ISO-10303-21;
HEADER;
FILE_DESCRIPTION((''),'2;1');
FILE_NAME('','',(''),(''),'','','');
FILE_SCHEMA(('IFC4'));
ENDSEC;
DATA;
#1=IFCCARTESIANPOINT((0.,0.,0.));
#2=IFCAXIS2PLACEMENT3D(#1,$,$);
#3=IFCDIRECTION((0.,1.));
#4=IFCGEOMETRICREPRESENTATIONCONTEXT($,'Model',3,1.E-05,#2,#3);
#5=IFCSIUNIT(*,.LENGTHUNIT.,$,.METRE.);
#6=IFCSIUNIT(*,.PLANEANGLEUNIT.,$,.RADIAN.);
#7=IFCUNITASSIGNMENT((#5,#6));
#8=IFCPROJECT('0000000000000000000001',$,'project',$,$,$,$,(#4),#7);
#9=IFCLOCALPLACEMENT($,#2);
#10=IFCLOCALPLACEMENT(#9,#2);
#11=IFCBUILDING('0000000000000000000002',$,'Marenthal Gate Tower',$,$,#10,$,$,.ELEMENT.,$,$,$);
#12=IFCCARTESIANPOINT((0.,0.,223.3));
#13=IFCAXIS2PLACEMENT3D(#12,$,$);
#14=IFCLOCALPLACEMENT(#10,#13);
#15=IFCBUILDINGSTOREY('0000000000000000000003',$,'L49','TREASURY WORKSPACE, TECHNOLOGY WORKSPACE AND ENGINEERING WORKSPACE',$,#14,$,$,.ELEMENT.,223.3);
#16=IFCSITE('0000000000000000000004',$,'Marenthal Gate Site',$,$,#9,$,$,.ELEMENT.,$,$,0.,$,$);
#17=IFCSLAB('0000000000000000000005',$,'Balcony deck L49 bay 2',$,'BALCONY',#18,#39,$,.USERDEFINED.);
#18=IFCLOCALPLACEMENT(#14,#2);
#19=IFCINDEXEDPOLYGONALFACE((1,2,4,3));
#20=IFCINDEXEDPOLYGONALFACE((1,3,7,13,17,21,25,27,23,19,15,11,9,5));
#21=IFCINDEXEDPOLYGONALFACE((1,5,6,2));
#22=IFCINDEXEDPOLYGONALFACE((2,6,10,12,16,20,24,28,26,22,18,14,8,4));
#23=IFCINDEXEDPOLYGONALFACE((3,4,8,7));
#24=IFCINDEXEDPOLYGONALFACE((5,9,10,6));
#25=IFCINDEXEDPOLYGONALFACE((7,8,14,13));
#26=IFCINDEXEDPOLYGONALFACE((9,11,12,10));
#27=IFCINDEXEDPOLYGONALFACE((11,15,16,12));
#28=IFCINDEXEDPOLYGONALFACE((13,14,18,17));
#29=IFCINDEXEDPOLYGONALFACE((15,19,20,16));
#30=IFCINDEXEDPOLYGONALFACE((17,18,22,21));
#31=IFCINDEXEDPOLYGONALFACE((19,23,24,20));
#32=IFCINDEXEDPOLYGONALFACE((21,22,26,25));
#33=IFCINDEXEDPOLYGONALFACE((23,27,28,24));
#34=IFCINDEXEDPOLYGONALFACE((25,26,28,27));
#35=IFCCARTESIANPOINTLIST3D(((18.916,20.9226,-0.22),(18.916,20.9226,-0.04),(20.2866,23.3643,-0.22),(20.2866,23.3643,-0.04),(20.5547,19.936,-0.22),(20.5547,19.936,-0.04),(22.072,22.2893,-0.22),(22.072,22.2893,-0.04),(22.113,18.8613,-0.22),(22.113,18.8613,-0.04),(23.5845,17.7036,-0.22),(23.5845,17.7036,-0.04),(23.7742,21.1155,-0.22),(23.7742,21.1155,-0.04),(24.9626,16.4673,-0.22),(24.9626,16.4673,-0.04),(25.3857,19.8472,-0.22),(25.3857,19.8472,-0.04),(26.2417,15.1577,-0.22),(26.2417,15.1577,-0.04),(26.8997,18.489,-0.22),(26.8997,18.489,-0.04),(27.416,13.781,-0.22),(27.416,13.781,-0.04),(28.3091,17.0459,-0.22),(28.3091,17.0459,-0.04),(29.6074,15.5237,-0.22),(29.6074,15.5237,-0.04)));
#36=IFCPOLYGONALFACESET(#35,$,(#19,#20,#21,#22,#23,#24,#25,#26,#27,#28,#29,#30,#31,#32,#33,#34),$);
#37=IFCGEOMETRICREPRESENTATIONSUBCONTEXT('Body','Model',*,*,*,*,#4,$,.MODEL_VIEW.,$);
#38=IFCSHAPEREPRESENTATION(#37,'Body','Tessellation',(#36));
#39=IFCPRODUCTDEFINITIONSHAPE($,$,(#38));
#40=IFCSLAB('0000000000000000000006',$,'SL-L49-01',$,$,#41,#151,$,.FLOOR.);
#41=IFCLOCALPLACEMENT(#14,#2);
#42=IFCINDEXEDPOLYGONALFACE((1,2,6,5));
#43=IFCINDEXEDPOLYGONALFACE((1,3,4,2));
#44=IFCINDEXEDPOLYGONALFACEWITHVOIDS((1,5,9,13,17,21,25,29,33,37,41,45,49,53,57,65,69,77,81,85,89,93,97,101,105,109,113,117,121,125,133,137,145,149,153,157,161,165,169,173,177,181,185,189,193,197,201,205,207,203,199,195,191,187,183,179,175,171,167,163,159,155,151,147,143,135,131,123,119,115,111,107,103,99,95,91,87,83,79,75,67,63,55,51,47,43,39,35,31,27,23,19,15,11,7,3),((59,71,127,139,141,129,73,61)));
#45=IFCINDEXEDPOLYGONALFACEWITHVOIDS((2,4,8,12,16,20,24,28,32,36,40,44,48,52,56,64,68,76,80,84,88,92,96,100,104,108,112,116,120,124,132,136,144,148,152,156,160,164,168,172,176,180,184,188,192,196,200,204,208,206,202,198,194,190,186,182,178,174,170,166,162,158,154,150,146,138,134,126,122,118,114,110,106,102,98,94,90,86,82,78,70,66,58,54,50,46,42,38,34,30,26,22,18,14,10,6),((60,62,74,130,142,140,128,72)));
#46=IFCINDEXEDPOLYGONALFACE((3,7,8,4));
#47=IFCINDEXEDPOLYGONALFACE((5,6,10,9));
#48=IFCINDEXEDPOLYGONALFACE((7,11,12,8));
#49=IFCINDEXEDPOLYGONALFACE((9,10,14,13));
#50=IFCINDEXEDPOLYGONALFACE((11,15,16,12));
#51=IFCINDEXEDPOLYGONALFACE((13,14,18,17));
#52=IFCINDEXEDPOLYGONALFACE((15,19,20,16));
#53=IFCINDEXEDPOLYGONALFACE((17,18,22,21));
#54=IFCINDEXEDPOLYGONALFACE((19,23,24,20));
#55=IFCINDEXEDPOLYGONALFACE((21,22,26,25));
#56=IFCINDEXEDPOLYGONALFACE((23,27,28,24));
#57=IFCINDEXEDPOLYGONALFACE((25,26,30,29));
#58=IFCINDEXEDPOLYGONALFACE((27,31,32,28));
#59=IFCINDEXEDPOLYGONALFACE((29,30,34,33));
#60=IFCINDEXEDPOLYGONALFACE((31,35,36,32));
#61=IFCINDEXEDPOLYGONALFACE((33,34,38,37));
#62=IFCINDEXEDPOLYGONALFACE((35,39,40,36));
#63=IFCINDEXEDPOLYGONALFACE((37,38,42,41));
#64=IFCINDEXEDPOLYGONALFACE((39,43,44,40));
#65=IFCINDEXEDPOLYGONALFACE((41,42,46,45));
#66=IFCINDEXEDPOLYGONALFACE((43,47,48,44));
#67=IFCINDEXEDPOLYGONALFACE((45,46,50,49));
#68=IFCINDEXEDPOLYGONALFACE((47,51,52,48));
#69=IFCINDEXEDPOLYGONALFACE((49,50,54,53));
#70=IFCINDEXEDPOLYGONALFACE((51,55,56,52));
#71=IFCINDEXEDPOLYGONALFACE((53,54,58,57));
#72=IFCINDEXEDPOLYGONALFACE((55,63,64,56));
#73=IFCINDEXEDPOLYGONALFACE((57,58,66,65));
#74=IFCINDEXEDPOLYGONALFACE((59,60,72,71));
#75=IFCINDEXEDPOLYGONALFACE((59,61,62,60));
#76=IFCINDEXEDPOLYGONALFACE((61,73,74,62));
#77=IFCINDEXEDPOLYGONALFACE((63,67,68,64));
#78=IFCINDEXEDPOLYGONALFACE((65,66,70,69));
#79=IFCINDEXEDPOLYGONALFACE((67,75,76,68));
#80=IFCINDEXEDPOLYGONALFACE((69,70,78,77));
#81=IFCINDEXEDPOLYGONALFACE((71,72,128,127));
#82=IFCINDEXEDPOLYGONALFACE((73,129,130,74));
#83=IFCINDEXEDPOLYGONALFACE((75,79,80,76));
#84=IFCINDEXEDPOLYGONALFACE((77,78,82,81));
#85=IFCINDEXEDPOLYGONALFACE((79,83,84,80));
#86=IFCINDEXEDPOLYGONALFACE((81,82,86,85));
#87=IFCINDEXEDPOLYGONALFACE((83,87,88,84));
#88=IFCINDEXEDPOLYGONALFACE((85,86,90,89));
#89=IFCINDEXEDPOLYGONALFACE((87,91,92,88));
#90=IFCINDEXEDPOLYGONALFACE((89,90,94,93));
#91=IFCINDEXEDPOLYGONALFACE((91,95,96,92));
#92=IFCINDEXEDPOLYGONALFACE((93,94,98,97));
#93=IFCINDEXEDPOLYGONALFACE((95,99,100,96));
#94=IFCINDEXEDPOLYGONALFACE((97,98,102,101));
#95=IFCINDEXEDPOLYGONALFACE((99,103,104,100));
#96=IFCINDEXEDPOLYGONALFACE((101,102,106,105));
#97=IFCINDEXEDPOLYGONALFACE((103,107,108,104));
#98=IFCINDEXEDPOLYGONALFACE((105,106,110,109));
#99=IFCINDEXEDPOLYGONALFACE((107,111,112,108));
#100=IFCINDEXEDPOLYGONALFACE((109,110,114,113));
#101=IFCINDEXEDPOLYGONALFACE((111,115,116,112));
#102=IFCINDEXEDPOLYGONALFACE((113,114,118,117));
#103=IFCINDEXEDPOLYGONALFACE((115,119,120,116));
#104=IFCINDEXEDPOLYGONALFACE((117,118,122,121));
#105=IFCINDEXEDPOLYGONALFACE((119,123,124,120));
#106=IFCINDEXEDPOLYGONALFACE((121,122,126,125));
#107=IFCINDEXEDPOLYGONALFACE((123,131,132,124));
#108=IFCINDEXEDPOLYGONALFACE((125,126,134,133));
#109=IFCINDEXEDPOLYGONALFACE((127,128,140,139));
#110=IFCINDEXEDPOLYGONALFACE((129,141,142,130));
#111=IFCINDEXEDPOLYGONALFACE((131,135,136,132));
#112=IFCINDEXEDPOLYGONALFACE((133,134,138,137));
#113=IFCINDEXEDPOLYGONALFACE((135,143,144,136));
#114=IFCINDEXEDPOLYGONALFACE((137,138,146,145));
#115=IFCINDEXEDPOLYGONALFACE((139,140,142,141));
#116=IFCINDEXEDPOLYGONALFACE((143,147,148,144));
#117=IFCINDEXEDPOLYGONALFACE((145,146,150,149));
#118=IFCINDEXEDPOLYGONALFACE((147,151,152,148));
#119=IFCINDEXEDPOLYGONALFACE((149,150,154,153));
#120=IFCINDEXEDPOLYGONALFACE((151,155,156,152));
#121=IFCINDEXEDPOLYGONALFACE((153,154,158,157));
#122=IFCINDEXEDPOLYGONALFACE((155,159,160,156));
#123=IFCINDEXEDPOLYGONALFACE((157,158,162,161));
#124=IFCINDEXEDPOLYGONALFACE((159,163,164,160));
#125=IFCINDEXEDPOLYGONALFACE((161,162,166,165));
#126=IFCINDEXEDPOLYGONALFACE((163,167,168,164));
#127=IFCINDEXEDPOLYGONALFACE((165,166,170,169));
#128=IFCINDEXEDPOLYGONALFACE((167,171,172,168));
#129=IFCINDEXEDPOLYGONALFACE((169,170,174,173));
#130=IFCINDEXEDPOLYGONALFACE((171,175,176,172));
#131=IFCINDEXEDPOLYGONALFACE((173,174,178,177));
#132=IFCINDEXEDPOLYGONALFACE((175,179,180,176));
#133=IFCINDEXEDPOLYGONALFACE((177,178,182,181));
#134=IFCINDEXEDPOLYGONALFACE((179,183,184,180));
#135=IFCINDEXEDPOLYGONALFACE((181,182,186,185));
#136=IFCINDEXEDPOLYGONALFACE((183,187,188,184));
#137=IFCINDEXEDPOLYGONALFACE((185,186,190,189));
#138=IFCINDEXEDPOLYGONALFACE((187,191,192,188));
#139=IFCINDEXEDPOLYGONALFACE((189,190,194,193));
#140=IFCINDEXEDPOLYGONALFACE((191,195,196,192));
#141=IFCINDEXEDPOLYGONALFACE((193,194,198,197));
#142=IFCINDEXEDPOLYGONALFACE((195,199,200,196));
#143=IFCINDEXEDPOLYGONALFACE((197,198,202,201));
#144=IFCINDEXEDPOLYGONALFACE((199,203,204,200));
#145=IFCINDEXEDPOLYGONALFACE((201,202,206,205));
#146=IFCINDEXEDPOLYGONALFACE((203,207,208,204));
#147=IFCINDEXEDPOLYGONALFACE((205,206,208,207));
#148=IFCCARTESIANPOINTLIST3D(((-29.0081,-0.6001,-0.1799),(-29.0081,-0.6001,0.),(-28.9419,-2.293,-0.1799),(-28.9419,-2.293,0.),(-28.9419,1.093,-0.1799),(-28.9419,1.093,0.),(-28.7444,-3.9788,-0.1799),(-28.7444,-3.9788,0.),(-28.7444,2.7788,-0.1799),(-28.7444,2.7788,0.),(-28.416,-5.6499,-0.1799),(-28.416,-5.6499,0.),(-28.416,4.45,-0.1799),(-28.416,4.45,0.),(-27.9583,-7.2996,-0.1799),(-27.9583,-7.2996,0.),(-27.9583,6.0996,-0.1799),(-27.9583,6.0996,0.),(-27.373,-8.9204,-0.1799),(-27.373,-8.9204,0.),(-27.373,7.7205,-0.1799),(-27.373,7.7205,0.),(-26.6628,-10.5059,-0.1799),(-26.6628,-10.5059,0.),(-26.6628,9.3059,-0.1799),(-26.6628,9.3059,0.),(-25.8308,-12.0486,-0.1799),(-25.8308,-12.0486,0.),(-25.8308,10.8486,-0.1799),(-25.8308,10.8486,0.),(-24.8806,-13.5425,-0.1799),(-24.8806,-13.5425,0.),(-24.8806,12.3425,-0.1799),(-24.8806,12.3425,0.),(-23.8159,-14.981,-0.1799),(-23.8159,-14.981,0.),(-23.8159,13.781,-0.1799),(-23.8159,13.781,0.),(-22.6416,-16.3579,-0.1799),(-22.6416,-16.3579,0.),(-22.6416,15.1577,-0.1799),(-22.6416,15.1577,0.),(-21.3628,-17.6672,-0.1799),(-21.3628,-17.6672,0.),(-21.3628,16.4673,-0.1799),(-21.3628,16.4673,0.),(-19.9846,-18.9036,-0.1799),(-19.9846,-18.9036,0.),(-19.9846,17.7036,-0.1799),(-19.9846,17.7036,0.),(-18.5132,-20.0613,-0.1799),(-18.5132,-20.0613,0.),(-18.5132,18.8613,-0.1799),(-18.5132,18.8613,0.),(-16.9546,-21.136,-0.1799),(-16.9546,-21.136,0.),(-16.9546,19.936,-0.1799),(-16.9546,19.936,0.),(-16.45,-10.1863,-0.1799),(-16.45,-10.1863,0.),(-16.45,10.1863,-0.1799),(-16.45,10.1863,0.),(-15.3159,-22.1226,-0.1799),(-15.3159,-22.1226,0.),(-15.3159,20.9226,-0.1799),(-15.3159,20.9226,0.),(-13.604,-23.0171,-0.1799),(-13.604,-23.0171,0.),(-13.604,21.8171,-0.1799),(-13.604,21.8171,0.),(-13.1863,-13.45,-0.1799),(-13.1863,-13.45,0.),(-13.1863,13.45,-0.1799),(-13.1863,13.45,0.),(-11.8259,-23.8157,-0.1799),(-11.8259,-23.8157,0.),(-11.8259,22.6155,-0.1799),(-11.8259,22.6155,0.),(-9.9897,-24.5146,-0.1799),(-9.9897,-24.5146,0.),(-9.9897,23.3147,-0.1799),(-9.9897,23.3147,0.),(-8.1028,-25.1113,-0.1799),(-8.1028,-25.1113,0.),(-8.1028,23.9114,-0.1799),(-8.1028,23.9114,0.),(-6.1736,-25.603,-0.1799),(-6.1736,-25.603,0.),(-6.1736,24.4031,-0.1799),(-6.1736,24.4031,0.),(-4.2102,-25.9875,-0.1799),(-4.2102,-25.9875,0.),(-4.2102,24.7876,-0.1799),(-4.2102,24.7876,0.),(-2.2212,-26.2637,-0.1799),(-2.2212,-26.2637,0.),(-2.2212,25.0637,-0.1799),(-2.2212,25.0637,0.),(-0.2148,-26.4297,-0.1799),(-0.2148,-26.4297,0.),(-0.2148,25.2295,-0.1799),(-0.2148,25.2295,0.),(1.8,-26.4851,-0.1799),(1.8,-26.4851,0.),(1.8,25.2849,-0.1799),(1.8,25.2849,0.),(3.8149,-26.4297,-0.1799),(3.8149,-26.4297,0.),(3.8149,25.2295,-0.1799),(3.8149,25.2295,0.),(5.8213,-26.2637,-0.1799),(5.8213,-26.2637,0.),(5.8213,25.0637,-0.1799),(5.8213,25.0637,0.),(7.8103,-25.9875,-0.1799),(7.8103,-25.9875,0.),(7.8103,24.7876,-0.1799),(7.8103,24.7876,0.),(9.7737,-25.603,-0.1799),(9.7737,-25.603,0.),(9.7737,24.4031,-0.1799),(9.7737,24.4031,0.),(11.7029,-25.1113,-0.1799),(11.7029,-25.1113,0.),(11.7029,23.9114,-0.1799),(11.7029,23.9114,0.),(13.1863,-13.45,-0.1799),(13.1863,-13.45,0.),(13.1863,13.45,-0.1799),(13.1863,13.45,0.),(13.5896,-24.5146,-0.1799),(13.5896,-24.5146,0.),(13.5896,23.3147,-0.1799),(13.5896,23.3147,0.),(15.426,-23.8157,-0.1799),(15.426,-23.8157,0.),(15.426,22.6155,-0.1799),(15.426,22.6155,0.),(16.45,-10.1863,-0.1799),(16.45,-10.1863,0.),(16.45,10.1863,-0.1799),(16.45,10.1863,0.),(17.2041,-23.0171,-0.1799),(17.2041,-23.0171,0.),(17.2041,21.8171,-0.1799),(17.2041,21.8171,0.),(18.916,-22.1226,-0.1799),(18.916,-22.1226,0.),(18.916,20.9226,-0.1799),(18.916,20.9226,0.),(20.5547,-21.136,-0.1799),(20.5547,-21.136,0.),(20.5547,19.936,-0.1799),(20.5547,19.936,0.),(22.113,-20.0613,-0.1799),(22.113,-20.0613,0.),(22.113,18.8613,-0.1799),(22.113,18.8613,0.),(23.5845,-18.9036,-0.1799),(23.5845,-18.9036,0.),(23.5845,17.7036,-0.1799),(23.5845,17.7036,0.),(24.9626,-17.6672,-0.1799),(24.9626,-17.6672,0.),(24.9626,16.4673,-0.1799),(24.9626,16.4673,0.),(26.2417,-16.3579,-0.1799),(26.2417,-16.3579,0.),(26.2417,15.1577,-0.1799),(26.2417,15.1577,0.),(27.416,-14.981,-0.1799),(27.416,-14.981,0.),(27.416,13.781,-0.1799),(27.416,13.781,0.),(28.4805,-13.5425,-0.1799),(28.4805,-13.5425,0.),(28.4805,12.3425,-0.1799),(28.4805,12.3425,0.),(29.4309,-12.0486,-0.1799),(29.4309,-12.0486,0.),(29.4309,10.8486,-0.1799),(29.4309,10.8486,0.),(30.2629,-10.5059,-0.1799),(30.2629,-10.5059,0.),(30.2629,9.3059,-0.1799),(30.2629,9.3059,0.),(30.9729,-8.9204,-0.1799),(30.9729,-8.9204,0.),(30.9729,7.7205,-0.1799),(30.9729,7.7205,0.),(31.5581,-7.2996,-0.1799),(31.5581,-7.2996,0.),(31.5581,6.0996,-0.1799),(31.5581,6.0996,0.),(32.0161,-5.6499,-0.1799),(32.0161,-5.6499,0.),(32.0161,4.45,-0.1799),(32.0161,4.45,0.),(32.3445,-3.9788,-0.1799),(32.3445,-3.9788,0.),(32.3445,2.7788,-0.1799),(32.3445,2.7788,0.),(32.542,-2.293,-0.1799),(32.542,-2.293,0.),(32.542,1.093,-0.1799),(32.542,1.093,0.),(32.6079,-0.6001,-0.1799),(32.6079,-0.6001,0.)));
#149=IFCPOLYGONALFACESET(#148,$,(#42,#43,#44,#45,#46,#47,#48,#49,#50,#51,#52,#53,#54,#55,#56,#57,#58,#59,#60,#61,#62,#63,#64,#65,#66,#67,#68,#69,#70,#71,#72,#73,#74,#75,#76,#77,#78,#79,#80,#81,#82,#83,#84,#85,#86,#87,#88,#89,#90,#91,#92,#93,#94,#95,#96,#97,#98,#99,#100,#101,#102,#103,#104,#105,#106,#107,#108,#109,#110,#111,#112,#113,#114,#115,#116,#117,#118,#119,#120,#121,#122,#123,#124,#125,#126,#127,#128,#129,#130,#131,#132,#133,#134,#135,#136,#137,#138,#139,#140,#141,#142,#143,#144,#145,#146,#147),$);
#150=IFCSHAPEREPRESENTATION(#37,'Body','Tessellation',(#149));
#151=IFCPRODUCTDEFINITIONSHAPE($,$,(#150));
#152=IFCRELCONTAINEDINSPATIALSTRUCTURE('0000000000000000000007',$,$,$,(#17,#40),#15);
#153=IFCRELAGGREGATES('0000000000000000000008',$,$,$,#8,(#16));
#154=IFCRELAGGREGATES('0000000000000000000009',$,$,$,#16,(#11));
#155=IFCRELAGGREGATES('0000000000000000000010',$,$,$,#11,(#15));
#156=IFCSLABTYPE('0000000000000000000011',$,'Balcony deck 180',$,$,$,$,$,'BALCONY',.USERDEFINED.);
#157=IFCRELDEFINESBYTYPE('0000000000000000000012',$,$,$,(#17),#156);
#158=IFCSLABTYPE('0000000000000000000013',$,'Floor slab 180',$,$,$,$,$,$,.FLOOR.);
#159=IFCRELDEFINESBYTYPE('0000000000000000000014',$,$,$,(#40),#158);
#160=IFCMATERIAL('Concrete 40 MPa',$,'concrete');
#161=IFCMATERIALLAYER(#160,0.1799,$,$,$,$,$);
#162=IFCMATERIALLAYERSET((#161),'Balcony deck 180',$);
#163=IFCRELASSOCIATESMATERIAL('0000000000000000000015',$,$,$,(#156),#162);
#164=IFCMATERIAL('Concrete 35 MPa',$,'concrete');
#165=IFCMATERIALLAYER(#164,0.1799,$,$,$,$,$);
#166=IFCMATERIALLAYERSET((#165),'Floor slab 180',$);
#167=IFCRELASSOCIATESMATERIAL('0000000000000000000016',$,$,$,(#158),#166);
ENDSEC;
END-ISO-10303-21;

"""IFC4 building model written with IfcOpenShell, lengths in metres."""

from ifc_helpers import new_model, si_unit, direction, frame, origin, place, context, subcontext, project, spatial, polyline, outline, extrude, material, layer, layer_set, type_object, element, save


model = new_model("IFC4")

# Units and contexts
model_context = context("Model", 3, precision=1e-05, world=origin(), true_north=direction((0.0, 1.0)))
body_context = subcontext(model_context, "Body", "Model", "MODEL_VIEW")
ifc_project = project(units=[si_unit("LENGTHUNIT", "METRE"), si_unit("PLANEANGLEUNIT", "RADIAN")], contexts=[model_context])

# Site, building, storey
site_placement = place(None, origin())
site = spatial("IfcSite", under=ifc_project, at=site_placement, Name="Marenthal Gate Site", CompositionType="ELEMENT", RefElevation=0.0)
building_placement = place(site_placement, origin())
building = spatial("IfcBuilding", under=site, at=building_placement, Name="Marenthal Gate Tower", CompositionType="ELEMENT")
storey_placement = place(building_placement, frame((0.0, 0.0, 223.3)))
storey = spatial("IfcBuildingStorey", under=building, at=storey_placement, Name="L49", Description="TREASURY WORKSPACE, TECHNOLOGY WORKSPACE AND ENGINEERING WORKSPACE", CompositionType="ELEMENT", Elevation=223.3)

# Slabs
ifc_material_1 = material(Name="Concrete 40 MPa", Category="concrete")
ifc_layer_1 = layer(ifc_material_1, 0.1799)
ifc_layer_set_1 = layer_set([ifc_layer_1], Name="Balcony deck 180")
slab_type_1 = type_object("IfcSlabType", Name="Balcony deck 180", ElementType="BALCONY", PredefinedType="USERDEFINED", material=ifc_layer_set_1)
slab_1_placement = place(storey_placement, frame((0.0, 0.0, -0.22)))
element("IfcSlab", 1, at=slab_1_placement, inside=storey, type_object=slab_type_1, Name="Balcony deck L49 bay 2", ObjectType="BALCONY", PredefinedType="USERDEFINED", context=body_context, shape_type="SweptSolid", body=[
    extrude(outline(polyline([(27.416, 13.781), (26.2417, 15.1577), (24.9626, 16.4673), (23.5845, 17.7036), (22.113, 18.8613), (20.5547, 19.936), (18.916, 20.9226), (20.2866, 23.3643), (22.072, 22.2893), (23.7742, 21.1155), (25.3857, 19.8472), (26.8997, 18.489), (28.3091, 17.0459), (29.6074, 15.5237), (27.416, 13.781)])), origin(), (0.0, 0.0, 1.0), 0.1799),
])
ifc_material_2 = material(Name="Concrete 35 MPa", Category="concrete")
ifc_layer_2 = layer(ifc_material_2, 0.1799)
ifc_layer_set_2 = layer_set([ifc_layer_2], Name="Floor slab 180")
slab_type_2 = type_object("IfcSlabType", Name="Floor slab 180", PredefinedType="FLOOR", material=ifc_layer_set_2)
slab_2_placement = place(storey_placement, frame((0.0, 0.0, -0.1799)))
element("IfcSlab", 2, at=slab_2_placement, inside=storey, type_object=slab_type_2, Name="SL-L49-01", PredefinedType="FLOOR", context=body_context, shape_type="SweptSolid", body=[
    extrude(outline(polyline([(32.6079, -0.6001), (32.542, 1.093), (32.3445, 2.7788), (32.0161, 4.45), (31.5581, 6.0996), (30.9729, 7.7205), (30.2629, 9.3059), (29.4309, 10.8486), (28.4805, 12.3425), (27.416, 13.781), (26.2417, 15.1577), (24.9626, 16.4673), (23.5845, 17.7036), (22.113, 18.8613), (20.5547, 19.936), (18.916, 20.9226), (17.2041, 21.8171), (15.426, 22.6155), (13.5896, 23.3147), (11.7029, 23.9114), (9.7737, 24.4031), (7.8103, 24.7876), (5.8213, 25.0637), (3.8149, 25.2295), (1.8, 25.2849), (-0.2148, 25.2295), (-2.2212, 25.0637), (-4.2102, 24.7876), (-6.1736, 24.4031), (-8.1028, 23.9114), (-9.9897, 23.3147), (-11.8259, 22.6155), (-13.604, 21.8171), (-15.3159, 20.9226), (-16.9546, 19.936), (-18.5132, 18.8613), (-19.9846, 17.7036), (-21.3628, 16.4673), (-22.6416, 15.1577), (-23.8159, 13.781), (-24.8806, 12.3425), (-25.8308, 10.8486), (-26.6628, 9.3059), (-27.373, 7.7205), (-27.9583, 6.0996), (-28.416, 4.45), (-28.7444, 2.7788), (-28.9419, 1.093), (-29.0081, -0.6001), (-28.9419, -2.293), (-28.7444, -3.9788), (-28.416, -5.6499), (-27.9583, -7.2996), (-27.373, -8.9204), (-26.6628, -10.5059), (-25.8308, -12.0486), (-24.8806, -13.5425), (-23.8159, -14.981), (-22.6416, -16.3579), (-21.3628, -17.6672), (-19.9846, -18.9036), (-18.5132, -20.0613), (-16.9546, -21.136), (-15.3159, -22.1226), (-13.604, -23.0171), (-11.8259, -23.8157), (-9.9897, -24.5146), (-8.1028, -25.1113), (-6.1736, -25.603), (-4.2102, -25.9875), (-2.2212, -26.2637), (-0.2148, -26.4297), (1.8, -26.4851), (3.8149, -26.4297), (5.8213, -26.2637), (7.8103, -25.9875), (9.7737, -25.603), (11.7029, -25.1113), (13.5896, -24.5146), (15.426, -23.8157), (17.2041, -23.0171), (18.916, -22.1226), (20.5547, -21.136), (22.113, -20.0613), (23.5845, -18.9036), (24.9626, -17.6672), (26.2417, -16.3579), (27.416, -14.981), (28.4805, -13.5425), (29.4309, -12.0486), (30.2629, -10.5059), (30.9729, -8.9204), (31.5581, -7.2996), (32.0161, -5.6499), (32.3445, -3.9788), (32.542, -2.293), (32.6079, -0.6001)]), holes=[polyline([(13.1863, -13.45), (16.45, -10.1863), (16.45, 10.1863), (13.1863, 13.45), (-13.1863, 13.45), (-16.45, 10.1863), (-16.45, -10.1863), (-13.1863, -13.45), (13.1863, -13.45)])]), origin(), (0.0, 0.0, 1.0), 0.1799),
])

save(model, "model.ifc")
